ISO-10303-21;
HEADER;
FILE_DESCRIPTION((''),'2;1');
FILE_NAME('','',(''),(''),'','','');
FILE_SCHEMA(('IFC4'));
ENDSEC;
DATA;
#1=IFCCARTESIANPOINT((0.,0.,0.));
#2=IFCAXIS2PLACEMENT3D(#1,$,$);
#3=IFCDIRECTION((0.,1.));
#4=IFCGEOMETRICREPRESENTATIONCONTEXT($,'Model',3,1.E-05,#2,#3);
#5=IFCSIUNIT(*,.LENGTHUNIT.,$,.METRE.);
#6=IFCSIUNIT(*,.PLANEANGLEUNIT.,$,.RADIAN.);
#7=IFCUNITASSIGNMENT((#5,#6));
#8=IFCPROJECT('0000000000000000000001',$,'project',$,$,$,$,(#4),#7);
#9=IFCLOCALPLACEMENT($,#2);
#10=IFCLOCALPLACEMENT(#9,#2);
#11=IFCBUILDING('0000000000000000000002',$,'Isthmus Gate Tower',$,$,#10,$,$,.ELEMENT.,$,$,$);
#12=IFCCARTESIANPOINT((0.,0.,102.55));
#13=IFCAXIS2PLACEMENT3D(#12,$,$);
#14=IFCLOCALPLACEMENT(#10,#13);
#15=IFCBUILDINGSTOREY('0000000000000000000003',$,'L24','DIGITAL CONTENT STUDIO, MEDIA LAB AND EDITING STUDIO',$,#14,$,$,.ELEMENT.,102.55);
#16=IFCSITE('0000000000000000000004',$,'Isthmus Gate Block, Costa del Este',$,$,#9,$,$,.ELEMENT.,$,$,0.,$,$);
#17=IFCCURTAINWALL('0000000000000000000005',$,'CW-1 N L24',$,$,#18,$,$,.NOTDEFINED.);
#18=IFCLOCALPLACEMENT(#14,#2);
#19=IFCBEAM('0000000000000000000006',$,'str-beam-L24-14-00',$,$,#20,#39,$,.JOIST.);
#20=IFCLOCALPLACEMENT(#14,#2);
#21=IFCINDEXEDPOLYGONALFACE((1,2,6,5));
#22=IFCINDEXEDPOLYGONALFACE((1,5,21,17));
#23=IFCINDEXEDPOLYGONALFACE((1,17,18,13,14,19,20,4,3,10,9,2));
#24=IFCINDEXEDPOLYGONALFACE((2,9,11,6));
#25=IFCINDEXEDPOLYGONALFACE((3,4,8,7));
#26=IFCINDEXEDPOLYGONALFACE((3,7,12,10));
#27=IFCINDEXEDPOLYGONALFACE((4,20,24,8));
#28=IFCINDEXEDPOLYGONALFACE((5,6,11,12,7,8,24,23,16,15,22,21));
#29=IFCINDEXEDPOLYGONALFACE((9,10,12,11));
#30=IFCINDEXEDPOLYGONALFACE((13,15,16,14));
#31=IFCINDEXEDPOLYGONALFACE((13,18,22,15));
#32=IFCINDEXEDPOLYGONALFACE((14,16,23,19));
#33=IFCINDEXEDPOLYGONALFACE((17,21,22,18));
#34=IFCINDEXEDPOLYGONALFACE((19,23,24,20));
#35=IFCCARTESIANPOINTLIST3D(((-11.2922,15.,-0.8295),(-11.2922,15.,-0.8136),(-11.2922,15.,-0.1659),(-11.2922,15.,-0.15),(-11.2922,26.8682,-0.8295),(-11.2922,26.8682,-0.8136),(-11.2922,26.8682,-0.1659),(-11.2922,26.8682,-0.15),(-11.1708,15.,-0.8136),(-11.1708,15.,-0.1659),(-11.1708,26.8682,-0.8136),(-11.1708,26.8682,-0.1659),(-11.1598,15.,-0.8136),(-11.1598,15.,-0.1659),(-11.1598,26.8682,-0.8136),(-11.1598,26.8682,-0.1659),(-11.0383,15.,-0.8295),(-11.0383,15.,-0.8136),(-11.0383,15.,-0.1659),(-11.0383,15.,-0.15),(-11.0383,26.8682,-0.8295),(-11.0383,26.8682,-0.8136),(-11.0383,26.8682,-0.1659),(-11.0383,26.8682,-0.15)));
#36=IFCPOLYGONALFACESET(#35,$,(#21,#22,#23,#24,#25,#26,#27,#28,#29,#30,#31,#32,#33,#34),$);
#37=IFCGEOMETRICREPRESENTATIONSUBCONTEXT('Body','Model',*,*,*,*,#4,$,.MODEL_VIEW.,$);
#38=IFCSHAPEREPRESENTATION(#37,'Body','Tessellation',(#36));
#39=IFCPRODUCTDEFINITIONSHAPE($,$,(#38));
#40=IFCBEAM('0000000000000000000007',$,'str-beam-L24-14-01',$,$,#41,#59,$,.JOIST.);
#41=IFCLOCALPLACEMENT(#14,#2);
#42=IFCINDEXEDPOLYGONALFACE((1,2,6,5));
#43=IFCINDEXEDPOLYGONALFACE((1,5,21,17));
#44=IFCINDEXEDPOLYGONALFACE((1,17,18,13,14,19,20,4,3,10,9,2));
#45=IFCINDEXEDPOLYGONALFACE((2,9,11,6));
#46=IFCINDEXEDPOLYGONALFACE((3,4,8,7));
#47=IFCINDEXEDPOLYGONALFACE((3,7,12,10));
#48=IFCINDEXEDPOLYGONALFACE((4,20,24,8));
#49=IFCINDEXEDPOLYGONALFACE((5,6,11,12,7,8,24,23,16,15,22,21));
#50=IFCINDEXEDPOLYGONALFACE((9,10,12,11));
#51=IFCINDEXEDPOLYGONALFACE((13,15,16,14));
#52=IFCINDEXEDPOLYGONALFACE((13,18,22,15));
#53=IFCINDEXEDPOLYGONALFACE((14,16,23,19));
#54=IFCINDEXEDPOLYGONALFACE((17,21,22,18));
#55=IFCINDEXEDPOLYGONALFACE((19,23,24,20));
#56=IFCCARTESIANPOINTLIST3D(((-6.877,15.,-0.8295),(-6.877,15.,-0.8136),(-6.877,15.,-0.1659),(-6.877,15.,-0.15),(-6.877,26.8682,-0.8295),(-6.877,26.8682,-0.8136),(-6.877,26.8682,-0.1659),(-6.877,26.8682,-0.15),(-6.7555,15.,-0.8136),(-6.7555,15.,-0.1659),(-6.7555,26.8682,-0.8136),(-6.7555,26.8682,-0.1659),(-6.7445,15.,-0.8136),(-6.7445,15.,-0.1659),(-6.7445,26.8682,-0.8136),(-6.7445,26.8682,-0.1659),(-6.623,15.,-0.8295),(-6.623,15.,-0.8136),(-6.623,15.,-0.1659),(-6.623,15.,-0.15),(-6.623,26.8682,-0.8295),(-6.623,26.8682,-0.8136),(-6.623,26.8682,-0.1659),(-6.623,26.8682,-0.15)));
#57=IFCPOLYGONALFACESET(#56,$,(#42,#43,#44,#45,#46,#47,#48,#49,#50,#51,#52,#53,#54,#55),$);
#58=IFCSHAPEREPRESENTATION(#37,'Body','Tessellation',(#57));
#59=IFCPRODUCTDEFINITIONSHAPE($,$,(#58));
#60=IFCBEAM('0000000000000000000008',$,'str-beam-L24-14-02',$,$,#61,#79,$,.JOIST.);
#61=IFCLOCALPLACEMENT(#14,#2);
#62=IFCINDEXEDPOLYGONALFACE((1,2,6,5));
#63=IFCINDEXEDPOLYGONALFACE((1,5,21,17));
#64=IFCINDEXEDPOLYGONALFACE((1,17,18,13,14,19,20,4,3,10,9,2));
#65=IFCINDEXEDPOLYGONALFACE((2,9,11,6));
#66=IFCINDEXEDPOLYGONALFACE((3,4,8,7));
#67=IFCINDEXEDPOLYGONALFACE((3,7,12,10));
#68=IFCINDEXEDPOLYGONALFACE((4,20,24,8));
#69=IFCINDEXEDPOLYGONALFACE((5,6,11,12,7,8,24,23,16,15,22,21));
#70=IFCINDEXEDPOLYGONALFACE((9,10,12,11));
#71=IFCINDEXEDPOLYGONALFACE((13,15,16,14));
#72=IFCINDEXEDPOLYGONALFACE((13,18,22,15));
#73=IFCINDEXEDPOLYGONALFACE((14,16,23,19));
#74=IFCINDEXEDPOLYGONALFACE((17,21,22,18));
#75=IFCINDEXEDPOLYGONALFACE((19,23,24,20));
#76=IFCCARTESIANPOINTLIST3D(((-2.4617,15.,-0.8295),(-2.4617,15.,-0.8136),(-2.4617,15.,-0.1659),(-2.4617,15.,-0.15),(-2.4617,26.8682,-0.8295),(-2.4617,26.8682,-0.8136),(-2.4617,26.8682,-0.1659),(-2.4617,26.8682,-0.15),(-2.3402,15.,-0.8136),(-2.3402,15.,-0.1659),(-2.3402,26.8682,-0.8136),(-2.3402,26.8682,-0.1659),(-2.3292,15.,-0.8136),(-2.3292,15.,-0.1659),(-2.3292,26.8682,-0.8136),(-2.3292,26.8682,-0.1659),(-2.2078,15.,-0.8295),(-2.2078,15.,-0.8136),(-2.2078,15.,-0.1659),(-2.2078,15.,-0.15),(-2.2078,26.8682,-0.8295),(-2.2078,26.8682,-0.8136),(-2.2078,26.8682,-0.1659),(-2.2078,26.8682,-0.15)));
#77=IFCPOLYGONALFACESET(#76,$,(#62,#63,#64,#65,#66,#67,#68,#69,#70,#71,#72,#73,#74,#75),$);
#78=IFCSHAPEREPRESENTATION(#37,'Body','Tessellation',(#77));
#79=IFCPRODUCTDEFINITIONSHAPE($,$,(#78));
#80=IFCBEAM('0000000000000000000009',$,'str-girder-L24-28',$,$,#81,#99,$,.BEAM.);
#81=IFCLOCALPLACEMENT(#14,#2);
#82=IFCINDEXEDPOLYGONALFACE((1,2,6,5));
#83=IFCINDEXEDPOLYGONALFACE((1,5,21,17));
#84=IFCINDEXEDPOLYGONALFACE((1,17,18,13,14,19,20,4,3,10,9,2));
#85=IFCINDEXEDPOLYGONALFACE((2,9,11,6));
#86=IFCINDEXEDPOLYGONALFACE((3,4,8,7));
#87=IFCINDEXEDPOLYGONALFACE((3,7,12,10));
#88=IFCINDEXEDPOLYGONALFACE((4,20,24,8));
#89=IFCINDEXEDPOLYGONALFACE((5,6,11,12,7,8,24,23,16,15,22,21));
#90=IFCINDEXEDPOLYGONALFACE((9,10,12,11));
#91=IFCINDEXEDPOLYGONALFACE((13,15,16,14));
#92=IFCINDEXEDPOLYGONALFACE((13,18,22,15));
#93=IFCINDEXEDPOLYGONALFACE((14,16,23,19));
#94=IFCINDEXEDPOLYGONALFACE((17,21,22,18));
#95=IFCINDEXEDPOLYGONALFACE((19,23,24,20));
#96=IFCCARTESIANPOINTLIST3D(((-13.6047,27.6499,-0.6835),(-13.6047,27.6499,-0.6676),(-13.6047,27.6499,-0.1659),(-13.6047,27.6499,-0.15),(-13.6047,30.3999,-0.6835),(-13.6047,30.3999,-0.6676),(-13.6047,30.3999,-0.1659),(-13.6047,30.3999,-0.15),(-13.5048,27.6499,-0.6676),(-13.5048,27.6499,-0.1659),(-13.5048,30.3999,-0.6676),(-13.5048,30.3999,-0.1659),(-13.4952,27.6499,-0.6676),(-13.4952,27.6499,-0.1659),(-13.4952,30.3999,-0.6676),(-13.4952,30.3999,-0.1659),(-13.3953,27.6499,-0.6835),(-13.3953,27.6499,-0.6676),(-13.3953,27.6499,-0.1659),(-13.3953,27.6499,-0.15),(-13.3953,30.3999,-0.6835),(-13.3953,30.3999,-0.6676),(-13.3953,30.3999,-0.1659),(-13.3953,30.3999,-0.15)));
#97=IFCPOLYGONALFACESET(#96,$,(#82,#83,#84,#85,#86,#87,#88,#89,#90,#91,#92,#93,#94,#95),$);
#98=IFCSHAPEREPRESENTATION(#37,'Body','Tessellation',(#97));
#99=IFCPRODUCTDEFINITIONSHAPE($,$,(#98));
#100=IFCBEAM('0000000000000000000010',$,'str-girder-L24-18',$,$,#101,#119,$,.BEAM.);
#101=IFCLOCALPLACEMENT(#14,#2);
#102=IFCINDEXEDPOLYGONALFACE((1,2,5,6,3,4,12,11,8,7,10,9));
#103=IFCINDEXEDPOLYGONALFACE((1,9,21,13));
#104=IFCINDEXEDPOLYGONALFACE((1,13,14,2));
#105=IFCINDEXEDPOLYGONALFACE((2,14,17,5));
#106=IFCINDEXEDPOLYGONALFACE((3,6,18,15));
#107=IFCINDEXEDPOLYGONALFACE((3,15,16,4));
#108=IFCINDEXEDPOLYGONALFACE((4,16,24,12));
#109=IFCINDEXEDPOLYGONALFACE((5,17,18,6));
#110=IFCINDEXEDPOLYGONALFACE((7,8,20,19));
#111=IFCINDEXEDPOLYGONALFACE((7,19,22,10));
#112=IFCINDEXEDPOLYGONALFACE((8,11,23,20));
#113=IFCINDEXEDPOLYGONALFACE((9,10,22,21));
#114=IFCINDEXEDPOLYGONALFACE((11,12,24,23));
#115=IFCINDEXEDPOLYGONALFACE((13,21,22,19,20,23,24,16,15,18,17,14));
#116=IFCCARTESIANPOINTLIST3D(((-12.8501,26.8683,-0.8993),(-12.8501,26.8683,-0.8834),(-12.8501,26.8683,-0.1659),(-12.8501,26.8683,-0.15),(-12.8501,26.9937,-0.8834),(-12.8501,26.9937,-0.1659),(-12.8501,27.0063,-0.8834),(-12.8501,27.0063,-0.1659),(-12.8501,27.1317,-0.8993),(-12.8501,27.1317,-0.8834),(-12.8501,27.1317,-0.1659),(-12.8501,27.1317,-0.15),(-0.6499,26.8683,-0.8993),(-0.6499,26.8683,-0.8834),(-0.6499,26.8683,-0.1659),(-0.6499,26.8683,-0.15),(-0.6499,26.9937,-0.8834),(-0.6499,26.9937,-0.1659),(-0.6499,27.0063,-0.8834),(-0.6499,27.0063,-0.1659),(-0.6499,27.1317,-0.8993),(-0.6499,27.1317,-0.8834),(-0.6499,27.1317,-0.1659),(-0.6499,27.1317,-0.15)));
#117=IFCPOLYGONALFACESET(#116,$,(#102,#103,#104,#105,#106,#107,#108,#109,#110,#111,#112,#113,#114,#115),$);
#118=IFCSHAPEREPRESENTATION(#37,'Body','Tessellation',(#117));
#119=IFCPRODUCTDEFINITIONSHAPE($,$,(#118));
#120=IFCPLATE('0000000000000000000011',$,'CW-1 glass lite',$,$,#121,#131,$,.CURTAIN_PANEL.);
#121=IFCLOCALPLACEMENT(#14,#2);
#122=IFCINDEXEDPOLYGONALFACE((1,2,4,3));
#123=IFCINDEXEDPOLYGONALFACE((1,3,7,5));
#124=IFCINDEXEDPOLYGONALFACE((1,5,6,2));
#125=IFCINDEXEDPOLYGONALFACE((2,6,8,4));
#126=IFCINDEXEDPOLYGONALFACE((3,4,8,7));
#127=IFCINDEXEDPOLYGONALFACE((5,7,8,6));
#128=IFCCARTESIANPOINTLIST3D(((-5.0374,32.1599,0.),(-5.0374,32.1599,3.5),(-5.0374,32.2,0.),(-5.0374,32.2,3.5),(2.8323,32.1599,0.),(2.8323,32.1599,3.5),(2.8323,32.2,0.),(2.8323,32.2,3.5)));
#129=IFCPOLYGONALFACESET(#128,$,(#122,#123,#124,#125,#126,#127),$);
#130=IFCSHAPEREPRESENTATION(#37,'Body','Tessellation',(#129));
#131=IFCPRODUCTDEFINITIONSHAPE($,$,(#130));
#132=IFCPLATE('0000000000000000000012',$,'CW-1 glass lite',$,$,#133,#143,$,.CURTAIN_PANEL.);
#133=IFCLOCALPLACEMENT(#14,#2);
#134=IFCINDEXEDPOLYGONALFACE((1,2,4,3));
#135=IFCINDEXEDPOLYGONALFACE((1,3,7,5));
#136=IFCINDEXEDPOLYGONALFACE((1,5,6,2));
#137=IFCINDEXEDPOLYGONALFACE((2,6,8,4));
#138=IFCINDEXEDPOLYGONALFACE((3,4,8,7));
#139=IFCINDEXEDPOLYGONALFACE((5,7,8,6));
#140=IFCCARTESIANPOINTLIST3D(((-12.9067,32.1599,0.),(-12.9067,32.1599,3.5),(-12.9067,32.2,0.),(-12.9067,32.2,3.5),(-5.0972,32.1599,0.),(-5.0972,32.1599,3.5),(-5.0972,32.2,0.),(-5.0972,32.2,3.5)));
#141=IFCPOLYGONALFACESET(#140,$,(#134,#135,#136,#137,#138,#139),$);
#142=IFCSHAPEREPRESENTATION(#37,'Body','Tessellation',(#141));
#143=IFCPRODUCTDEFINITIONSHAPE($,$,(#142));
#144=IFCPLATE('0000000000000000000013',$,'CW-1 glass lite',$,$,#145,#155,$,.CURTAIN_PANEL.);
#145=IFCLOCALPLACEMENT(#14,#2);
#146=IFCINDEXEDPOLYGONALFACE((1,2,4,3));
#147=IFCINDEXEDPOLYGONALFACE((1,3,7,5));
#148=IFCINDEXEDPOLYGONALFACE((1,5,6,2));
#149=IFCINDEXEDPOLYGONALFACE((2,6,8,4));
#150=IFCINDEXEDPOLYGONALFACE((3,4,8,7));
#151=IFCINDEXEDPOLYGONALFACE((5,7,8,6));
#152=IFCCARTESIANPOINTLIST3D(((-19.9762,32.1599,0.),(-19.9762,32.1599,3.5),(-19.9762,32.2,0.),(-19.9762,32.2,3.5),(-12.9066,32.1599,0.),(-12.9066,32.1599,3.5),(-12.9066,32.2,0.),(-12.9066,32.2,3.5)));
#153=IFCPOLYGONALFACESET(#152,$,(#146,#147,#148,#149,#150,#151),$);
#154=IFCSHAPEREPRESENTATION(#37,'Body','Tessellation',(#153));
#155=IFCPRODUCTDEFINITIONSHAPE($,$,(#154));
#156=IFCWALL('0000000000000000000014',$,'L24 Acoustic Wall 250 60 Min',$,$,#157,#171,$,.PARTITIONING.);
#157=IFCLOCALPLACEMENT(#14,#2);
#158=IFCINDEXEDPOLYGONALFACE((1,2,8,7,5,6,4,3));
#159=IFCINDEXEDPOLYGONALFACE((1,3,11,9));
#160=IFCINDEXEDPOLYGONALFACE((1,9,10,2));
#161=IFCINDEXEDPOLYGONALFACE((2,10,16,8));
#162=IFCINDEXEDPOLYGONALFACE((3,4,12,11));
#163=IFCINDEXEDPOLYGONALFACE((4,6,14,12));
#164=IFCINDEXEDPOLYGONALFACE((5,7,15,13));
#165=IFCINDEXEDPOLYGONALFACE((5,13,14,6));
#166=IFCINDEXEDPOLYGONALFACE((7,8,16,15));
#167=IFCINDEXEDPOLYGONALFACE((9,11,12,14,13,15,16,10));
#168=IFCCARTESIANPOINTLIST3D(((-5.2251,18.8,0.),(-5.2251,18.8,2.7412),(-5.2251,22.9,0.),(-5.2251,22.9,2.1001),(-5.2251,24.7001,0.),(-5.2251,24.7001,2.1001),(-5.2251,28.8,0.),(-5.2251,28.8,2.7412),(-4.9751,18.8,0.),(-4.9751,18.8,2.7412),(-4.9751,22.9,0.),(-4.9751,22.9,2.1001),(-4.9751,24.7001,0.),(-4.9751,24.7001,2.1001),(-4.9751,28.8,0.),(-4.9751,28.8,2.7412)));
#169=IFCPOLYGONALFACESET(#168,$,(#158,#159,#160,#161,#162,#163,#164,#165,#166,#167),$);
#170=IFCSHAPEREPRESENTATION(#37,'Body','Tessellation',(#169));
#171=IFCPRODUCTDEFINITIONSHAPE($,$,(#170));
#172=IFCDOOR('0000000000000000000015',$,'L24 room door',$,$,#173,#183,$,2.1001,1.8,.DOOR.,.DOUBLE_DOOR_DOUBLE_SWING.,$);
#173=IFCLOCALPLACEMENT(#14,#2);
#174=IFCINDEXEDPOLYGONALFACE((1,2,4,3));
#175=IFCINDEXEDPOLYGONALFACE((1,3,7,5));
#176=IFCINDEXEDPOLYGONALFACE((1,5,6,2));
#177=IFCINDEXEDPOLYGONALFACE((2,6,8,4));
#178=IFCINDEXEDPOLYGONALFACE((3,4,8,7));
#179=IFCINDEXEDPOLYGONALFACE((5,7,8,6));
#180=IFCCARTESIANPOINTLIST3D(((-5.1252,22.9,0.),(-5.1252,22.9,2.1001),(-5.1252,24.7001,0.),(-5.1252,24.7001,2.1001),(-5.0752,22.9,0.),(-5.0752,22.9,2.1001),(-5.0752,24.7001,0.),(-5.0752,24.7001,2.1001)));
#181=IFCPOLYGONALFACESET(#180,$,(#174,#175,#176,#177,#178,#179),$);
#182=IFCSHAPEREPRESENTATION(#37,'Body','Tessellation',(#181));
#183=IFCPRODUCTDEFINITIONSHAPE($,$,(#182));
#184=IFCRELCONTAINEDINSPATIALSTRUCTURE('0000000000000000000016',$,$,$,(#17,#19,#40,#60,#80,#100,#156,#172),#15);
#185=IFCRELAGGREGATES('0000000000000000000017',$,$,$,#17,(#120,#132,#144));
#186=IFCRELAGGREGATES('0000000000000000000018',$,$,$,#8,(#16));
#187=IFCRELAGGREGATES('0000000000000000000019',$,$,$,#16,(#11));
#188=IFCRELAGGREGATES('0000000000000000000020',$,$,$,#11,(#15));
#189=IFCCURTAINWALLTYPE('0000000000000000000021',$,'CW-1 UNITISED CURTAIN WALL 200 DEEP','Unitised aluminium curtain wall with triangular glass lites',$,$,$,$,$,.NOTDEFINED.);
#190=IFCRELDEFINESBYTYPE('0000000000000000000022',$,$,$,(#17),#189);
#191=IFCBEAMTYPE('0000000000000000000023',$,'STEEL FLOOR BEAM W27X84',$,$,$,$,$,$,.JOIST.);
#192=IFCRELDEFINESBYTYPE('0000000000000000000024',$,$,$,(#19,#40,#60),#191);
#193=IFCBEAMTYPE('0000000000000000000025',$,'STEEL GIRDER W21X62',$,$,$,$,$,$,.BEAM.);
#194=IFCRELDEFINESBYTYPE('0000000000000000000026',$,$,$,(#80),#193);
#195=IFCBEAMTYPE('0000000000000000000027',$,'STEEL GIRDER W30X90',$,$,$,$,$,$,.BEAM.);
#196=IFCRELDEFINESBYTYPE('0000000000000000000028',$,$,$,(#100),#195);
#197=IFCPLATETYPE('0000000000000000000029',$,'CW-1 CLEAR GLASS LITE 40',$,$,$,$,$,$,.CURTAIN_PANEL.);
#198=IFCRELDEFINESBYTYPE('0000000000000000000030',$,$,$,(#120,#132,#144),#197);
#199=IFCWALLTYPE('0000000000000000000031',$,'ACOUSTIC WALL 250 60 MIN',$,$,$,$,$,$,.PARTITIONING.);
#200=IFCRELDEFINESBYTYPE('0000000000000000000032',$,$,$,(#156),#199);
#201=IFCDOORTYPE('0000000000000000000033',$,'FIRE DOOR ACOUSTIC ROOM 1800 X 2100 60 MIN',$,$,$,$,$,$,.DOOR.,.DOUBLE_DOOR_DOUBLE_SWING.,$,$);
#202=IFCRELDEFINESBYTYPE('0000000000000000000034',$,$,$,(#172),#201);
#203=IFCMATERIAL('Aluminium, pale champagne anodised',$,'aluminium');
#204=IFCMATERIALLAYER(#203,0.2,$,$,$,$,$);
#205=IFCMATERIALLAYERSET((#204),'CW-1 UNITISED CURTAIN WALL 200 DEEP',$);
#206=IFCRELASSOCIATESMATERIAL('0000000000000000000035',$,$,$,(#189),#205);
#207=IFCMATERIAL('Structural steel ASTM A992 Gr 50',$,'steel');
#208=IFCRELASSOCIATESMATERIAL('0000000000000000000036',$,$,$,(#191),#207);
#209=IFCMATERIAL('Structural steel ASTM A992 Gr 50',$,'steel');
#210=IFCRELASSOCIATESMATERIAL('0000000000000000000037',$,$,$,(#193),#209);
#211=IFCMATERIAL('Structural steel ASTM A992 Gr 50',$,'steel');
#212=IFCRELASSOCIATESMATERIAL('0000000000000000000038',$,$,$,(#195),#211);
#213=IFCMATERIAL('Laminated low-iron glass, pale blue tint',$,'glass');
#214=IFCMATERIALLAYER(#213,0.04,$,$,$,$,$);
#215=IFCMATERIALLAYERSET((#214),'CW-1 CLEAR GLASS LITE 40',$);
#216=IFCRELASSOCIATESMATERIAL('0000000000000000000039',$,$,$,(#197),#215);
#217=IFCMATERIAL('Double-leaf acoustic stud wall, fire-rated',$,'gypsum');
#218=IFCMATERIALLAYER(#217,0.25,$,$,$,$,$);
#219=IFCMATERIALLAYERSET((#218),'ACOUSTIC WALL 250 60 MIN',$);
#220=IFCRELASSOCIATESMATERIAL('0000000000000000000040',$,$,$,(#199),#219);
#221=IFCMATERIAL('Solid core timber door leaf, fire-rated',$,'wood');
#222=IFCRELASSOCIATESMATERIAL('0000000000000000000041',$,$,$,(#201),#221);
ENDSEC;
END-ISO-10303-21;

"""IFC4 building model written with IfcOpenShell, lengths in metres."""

from ifc_helpers import new_model, si_unit, direction, frame, frame_2d, origin, origin_2d, place, context, subcontext, project, spatial, rectangle, i_section, extrude, material, layer, layer_set, material_profile, profile_set, type_object, element, fill, aggregate, save


model = new_model("IFC4")

# Units and contexts
model_context = context("Model", 3, precision=1e-05, world=origin(), true_north=direction((0.0, 1.0)))
body_context = subcontext(model_context, "Body", "Model", "MODEL_VIEW")
ifc_project = project(units=[si_unit("LENGTHUNIT", "METRE"), si_unit("PLANEANGLEUNIT", "RADIAN")], contexts=[model_context])

# Site, building, storey
site_placement = place(None, origin())
site = spatial("IfcSite", under=ifc_project, at=site_placement, Name="Isthmus Gate Block, Costa del Este", CompositionType="ELEMENT", RefElevation=0.0)
building_placement = place(site_placement, origin())
building = spatial("IfcBuilding", under=site, at=building_placement, Name="Isthmus Gate Tower", CompositionType="ELEMENT")
storey_placement = place(building_placement, frame((0.0, 0.0, 102.55)))
storey = spatial("IfcBuildingStorey", under=building, at=storey_placement, Name="L24", Description="DIGITAL CONTENT STUDIO, MEDIA LAB AND EDITING STUDIO", CompositionType="ELEMENT", Elevation=102.55)

# Curtain wall
ifc_material_1 = material(Name="Aluminium, pale champagne anodised", Category="aluminium")
ifc_layer_1 = layer(ifc_material_1, 0.2)
ifc_layer_set_1 = layer_set([ifc_layer_1], Name="CW-1 UNITISED CURTAIN WALL 200 DEEP")
curtain_wall_type = type_object("IfcCurtainWallType", Name="CW-1 UNITISED CURTAIN WALL 200 DEEP", Description="Unitised aluminium curtain wall with triangular glass lites", PredefinedType="NOTDEFINED", material=ifc_layer_set_1)
curtain_wall_placement = place(storey_placement, origin())
curtain_wall = element("IfcCurtainWall", 1, at=curtain_wall_placement, inside=storey, type_object=curtain_wall_type, Name="CW-1 N L24", PredefinedType="NOTDEFINED")

# Beams
ifc_material_2 = material(Name="Structural steel ASTM A992 Gr 50", Category="steel")
ifc_material_profile_1 = material_profile(ifc_material_2, i_section(OverallWidth=0.2539, OverallDepth=0.6794, WebThickness=0.011, FlangeThickness=0.0159, at=origin_2d()), Name="W27X84")
ifc_profile_set_1 = profile_set([ifc_material_profile_1], Name="Structural steel ASTM A992 Gr 50")
beam_type_1 = type_object("IfcBeamType", Name="STEEL FLOOR BEAM W27X84", PredefinedType="JOIST", material=ifc_profile_set_1)
for number, where, z_axis, x_axis, name in (
    (2, (-11.1653, 15.0, -0.4897), (0.0, 1.0, 0.0), (-1.0, 0.0, 0.0), "str-beam-L24-14-00"),
    (3, (-6.75, 15.0, -0.4897), (0.0, 1.0, 0.0), (-1.0, 0.0, 0.0), "str-beam-L24-14-01"),
    (4, (-2.3347, 15.0, -0.4897), (0.0, 1.0, 0.0), (-1.0, 0.0, 0.0), "str-beam-L24-14-02"),
):
    element("IfcBeam", number, at=place(storey_placement, frame(where, z_axis=z_axis, x_axis=x_axis)), inside=storey, type_object=beam_type_1, Name=name, PredefinedType="JOIST", context=body_context, shape_type="SweptSolid", body=[
        extrude(i_section(OverallWidth=0.2539, OverallDepth=0.6794, WebThickness=0.011, FlangeThickness=0.0159, at=origin_2d()), origin(), (0.0, 0.0, 1.0), 11.8682),
    ])
ifc_material_3 = material(Name="Structural steel ASTM A992 Gr 50", Category="steel")
ifc_material_profile_2 = material_profile(ifc_material_3, i_section(OverallWidth=0.2095, OverallDepth=0.5334, WebThickness=0.0095, FlangeThickness=0.0159, at=origin_2d()), Name="W21X62")
ifc_profile_set_2 = profile_set([ifc_material_profile_2], Name="Structural steel ASTM A992 Gr 50")
beam_type_2 = type_object("IfcBeamType", Name="STEEL GIRDER W21X62", PredefinedType="BEAM", material=ifc_profile_set_2)
beam_1_placement = place(storey_placement, frame((-13.5, 27.6499, -0.4167), z_axis=(0.0, 1.0, 0.0), x_axis=(-1.0, 0.0, 0.0)))
element("IfcBeam", 5, at=beam_1_placement, inside=storey, type_object=beam_type_2, Name="str-girder-L24-28", PredefinedType="BEAM", context=body_context, shape_type="SweptSolid", body=[
    extrude(i_section(OverallWidth=0.2095, OverallDepth=0.5334, WebThickness=0.0095, FlangeThickness=0.0159, at=origin_2d()), origin(), (0.0, 0.0, 1.0), 2.75),
])
ifc_material_4 = material(Name="Structural steel ASTM A992 Gr 50", Category="steel")
ifc_material_profile_3 = material_profile(ifc_material_4, i_section(OverallWidth=0.2634, OverallDepth=0.7493, WebThickness=0.0127, FlangeThickness=0.0159, at=origin_2d()), Name="W30X90")
ifc_profile_set_3 = profile_set([ifc_material_profile_3], Name="Structural steel ASTM A992 Gr 50")
beam_type_3 = type_object("IfcBeamType", Name="STEEL GIRDER W30X90", PredefinedType="BEAM", material=ifc_profile_set_3)
beam_2_placement = place(storey_placement, frame((-12.8501, 27.0, -0.5247), z_axis=(1.0, 0.0, 0.0), x_axis=(0.0, 1.0, 0.0)))
element("IfcBeam", 6, at=beam_2_placement, inside=storey, type_object=beam_type_3, Name="str-girder-L24-18", PredefinedType="BEAM", context=body_context, shape_type="SweptSolid", body=[
    extrude(i_section(OverallWidth=0.2634, OverallDepth=0.7493, WebThickness=0.0127, FlangeThickness=0.0159, at=origin_2d()), origin(), (0.0, 0.0, 1.0), 12.2002),
])

# Plates
ifc_material_5 = material(Name="Laminated low-iron glass, pale blue tint", Category="glass")
ifc_layer_2 = layer(ifc_material_5, 0.04)
ifc_layer_set_2 = layer_set([ifc_layer_2], Name="CW-1 CLEAR GLASS LITE 40")
plate_type = type_object("IfcPlateType", Name="CW-1 CLEAR GLASS LITE 40", PredefinedType="CURTAIN_PANEL", material=ifc_layer_set_2)
plate_1_placement = place(storey_placement, frame((-1.1025, 32.1799, 0.0), z_axis=(0.0, 0.0, 1.0), x_axis=(-1.0, 0.0, 0.0)))
plate_1 = element("IfcPlate", 7, at=plate_1_placement, type_object=plate_type, Name="CW-1 glass lite", PredefinedType="CURTAIN_PANEL", context=body_context, shape_type="SweptSolid", body=[
    extrude(rectangle(XDim=7.8696, YDim=0.04, at=origin_2d()), origin(), (0.0, 0.0, 1.0), 3.5),
])
plate_2_placement = place(storey_placement, frame((-9.002, 32.1799, 0.0), z_axis=(0.0, 0.0, 1.0), x_axis=(-1.0, 0.0, 0.0)))
plate_2 = element("IfcPlate", 8, at=plate_2_placement, type_object=plate_type, Name="CW-1 glass lite", PredefinedType="CURTAIN_PANEL", context=body_context, shape_type="SweptSolid", body=[
    extrude(rectangle(XDim=7.8096, YDim=0.04, at=origin_2d()), origin(), (0.0, 0.0, 1.0), 3.5),
])
plate_3_placement = place(storey_placement, frame((-16.4414, 32.1799, 0.0), z_axis=(0.0, 0.0, 1.0), x_axis=(-1.0, 0.0, 0.0)))
plate_3 = element("IfcPlate", 9, at=plate_3_placement, type_object=plate_type, Name="CW-1 glass lite", PredefinedType="CURTAIN_PANEL", context=body_context, shape_type="SweptSolid", body=[
    extrude(rectangle(XDim=7.0696, YDim=0.04, at=origin_2d()), origin(), (0.0, 0.0, 1.0), 3.5),
])
aggregate(curtain_wall, [plate_1, plate_2, plate_3])

# Wall, opening, door
ifc_material_6 = material(Name="Double-leaf acoustic stud wall, fire-rated", Category="gypsum")
ifc_layer_3 = layer(ifc_material_6, 0.25)
ifc_layer_set_3 = layer_set([ifc_layer_3], Name="ACOUSTIC WALL 250 60 MIN")
wall_type = type_object("IfcWallType", Name="ACOUSTIC WALL 250 60 MIN", PredefinedType="PARTITIONING", material=ifc_layer_set_3)
wall_1_placement = place(storey_placement, frame((-5.1001, 28.8, 0.0), z_axis=(0.0, 0.0, 1.0), x_axis=(0.0, -1.0, 0.0)))
wall_1 = element("IfcWall", 10, at=wall_1_placement, inside=storey, type_object=wall_type, Name="L24 Acoustic Wall 250 60 Min", PredefinedType="PARTITIONING", context=body_context, shape_type="SweptSolid", body=[
    extrude(rectangle(XDim=10.0, YDim=0.25, at=frame_2d((5.0, 0.0))), origin(), (0.0, 0.0, 1.0), 2.7412),
])
opening_placement = place(wall_1_placement, frame((4.1001, 0.0, 0.0)))
opening = element("IfcOpeningElement", 11, at=opening_placement, cuts=wall_1, PredefinedType="OPENING", context=body_context, shape_type="SweptSolid", body=[
    extrude(rectangle(XDim=1.8, YDim=2.1001, at=frame_2d((0.8999, 1.05))), frame((0.0, 0.135, 0.0), z_axis=(0.0, -1.0, 0.0), x_axis=(1.0, 0.0, 0.0)), (0.0, 0.0, 1.0), 0.27),
])
ifc_material_7 = material(Name="Solid core timber door leaf, fire-rated", Category="wood")
door_type = type_object("IfcDoorType", Name="FIRE DOOR ACOUSTIC ROOM 1800 X 2100 60 MIN", OperationType="DOUBLE_DOOR_DOUBLE_SWING", PredefinedType="DOOR", material=ifc_material_7)
door_placement = place(opening_placement, origin())
door = element("IfcDoor", 12, at=door_placement, inside=storey, type_object=door_type, Name="L24 room door", OperationType="DOUBLE_DOOR_DOUBLE_SWING", OverallHeight=2.1001, OverallWidth=1.8, PredefinedType="DOOR", context=body_context, shape_type="SweptSolid", body=[
    extrude(rectangle(XDim=1.8, YDim=2.1001, at=frame_2d((0.8999, 1.05))), frame((0.0, 0.0249, 0.0), z_axis=(0.0, -1.0, 0.0), x_axis=(1.0, 0.0, 0.0)), (0.0, 0.0, 1.0), 0.05),
])
fill(opening, door)

save(model, "model.ifc")
